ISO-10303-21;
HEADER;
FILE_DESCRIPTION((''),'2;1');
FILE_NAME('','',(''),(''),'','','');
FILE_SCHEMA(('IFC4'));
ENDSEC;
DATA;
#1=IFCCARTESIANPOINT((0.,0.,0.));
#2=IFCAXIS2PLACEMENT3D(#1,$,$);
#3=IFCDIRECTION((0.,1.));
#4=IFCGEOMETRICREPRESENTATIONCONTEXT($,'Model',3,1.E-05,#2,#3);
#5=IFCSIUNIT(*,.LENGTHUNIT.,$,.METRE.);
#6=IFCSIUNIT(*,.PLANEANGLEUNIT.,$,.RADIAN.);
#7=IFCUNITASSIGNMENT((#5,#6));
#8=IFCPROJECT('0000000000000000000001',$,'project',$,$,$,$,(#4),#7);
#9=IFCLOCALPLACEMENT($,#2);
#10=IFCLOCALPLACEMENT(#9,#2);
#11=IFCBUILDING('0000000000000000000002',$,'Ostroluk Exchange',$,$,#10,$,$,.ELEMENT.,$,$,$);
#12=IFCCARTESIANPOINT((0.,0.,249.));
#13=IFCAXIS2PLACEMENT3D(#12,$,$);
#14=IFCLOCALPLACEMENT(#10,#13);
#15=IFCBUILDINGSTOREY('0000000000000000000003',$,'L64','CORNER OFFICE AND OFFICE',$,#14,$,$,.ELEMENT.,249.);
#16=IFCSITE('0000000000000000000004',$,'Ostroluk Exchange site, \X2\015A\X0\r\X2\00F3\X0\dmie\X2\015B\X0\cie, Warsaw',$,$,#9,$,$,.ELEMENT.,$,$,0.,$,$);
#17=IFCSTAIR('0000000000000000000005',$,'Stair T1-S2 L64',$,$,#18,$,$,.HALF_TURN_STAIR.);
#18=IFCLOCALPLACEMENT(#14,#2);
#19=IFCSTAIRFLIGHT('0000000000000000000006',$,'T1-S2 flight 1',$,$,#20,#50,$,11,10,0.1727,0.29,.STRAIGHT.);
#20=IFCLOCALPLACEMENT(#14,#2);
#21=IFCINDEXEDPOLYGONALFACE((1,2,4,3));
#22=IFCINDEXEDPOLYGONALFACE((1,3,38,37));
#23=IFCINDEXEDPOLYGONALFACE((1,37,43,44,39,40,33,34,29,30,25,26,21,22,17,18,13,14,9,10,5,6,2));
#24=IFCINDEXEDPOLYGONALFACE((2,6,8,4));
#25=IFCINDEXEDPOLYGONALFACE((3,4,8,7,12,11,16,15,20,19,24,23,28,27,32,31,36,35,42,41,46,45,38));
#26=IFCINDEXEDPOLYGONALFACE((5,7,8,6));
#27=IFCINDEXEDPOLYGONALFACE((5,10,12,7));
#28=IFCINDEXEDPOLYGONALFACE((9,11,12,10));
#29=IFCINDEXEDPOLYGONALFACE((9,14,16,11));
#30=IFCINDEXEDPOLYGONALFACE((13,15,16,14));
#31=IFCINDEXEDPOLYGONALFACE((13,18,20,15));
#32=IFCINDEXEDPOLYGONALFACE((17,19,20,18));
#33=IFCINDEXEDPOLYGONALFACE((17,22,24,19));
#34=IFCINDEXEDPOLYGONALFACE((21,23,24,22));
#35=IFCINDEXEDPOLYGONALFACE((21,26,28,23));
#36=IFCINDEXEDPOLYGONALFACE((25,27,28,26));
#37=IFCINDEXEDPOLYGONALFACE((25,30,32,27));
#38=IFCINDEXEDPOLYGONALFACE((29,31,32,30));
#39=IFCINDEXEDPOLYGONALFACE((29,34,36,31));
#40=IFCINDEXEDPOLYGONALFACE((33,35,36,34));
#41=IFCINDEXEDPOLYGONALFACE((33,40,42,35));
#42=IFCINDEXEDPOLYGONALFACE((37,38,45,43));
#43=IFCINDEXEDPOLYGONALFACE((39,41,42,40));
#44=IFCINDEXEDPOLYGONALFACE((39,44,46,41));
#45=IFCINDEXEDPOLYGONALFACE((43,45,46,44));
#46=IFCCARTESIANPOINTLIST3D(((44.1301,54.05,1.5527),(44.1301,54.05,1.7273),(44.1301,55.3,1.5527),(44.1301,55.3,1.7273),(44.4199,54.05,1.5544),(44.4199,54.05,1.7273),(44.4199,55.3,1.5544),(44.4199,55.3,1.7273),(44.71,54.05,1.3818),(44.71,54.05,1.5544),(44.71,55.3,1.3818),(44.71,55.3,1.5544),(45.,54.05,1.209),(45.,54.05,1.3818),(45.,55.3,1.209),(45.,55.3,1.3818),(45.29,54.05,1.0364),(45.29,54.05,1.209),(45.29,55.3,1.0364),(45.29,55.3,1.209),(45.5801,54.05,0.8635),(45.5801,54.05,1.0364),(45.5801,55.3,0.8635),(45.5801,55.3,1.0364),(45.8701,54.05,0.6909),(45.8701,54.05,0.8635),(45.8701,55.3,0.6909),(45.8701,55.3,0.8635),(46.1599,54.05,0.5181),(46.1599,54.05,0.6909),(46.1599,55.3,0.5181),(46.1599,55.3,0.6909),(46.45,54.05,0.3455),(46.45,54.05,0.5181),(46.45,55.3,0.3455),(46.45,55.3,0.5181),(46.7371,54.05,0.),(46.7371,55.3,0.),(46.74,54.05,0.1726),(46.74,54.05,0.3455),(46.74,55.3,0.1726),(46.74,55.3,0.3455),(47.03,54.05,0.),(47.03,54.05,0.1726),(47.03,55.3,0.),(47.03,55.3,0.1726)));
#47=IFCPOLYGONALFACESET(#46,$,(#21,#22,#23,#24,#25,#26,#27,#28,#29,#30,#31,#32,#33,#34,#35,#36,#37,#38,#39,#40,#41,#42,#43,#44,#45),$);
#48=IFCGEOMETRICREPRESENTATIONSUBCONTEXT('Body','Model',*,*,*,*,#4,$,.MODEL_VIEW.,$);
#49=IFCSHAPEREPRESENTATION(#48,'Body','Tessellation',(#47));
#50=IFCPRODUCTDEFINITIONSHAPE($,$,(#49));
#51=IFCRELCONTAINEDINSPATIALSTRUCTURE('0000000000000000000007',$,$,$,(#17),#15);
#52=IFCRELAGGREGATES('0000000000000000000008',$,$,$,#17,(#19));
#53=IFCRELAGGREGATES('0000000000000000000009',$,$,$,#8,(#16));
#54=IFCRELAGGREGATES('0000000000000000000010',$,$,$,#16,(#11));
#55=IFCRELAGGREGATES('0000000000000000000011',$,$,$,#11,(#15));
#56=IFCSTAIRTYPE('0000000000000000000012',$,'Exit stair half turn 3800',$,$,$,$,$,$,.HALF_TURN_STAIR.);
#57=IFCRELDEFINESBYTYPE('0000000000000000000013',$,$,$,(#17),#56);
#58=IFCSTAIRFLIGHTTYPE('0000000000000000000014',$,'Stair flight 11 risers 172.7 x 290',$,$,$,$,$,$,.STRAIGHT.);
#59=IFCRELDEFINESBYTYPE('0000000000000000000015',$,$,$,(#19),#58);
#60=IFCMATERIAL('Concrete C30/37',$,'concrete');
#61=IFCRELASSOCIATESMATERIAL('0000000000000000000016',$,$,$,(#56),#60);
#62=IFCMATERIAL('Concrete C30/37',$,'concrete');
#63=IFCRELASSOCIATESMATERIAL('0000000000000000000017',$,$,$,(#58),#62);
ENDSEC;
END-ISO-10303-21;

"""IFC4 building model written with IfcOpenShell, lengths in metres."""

from ifc_helpers import new_model, si_unit, direction, frame, origin, place, context, subcontext, project, spatial, polyline, outline, extrude, material, type_object, element, aggregate, save


model = new_model("IFC4")

# Units and contexts
model_context = context("Model", 3, precision=1e-05, world=origin(), true_north=direction((0.0, 1.0)))
body_context = subcontext(model_context, "Body", "Model", "MODEL_VIEW")
ifc_project = project(units=[si_unit("LENGTHUNIT", "METRE"), si_unit("PLANEANGLEUNIT", "RADIAN")], contexts=[model_context])

# Site, building, storey
site_placement = place(None, origin())
site = spatial("IfcSite", under=ifc_project, at=site_placement, Name="Ostroluk Exchange site, Śródmieście, Warsaw", CompositionType="ELEMENT", RefElevation=0.0)
building_placement = place(site_placement, origin())
building = spatial("IfcBuilding", under=site, at=building_placement, Name="Ostroluk Exchange", CompositionType="ELEMENT")
storey_placement = place(building_placement, frame((0.0, 0.0, 249.0)))
storey = spatial("IfcBuildingStorey", under=building, at=storey_placement, Name="L64", Description="CORNER OFFICE AND OFFICE", CompositionType="ELEMENT", Elevation=249.0)

# Stair, stair flight
ifc_material_1 = material(Name="Concrete C30/37", Category="concrete")
stair_type = type_object("IfcStairType", Name="Exit stair half turn 3800", PredefinedType="HALF_TURN_STAIR", material=ifc_material_1)
stair_placement = place(storey_placement, origin())
stair = element("IfcStair", 1, at=stair_placement, inside=storey, type_object=stair_type, Name="Stair T1-S2 L64", PredefinedType="HALF_TURN_STAIR")
ifc_material_2 = material(Name="Concrete C30/37", Category="concrete")
stair_flight_type = type_object("IfcStairFlightType", Name="Stair flight 11 risers 172.7 x 290", PredefinedType="STRAIGHT", material=ifc_material_2)
stair_flight_placement = place(storey_placement, frame((47.03, 54.675, 0.0), z_axis=(0.0, 0.0, 1.0), x_axis=(-1.0, 0.0, 0.0)))
stair_flight = element("IfcStairFlight", 2, at=stair_flight_placement, type_object=stair_flight_type, Name="T1-S2 flight 1", NumberOfRisers=11, NumberOfTreads=10, PredefinedType="STRAIGHT", RiserHeight=0.1727, TreadLength=0.29, context=body_context, shape_type="SweptSolid", body=[
    extrude(outline(polyline([(0.0, 0.0), (0.0, 0.1726), (0.29, 0.1726), (0.29, 0.3455), (0.5801, 0.3455), (0.5801, 0.5181), (0.8701, 0.5181), (0.8701, 0.6909), (1.1599, 0.6909), (1.1599, 0.8635), (1.45, 0.8635), (1.45, 1.0364), (1.74, 1.0364), (1.74, 1.209), (2.03, 1.209), (2.03, 1.3818), (2.3201, 1.3818), (2.3201, 1.5544), (2.6101, 1.5544), (2.6101, 1.7273), (2.8999, 1.7273), (2.8999, 1.8999), (2.8999, 1.5527), (0.293, 0.0), (0.0, 0.0)])), frame((0.0, 0.625, 0.0), z_axis=(0.0, -1.0, 0.0), x_axis=(1.0, 0.0, 0.0)), (0.0, 0.0, 1.0), 1.25),
])
aggregate(stair, [stair_flight])

save(model, "model.ifc")
